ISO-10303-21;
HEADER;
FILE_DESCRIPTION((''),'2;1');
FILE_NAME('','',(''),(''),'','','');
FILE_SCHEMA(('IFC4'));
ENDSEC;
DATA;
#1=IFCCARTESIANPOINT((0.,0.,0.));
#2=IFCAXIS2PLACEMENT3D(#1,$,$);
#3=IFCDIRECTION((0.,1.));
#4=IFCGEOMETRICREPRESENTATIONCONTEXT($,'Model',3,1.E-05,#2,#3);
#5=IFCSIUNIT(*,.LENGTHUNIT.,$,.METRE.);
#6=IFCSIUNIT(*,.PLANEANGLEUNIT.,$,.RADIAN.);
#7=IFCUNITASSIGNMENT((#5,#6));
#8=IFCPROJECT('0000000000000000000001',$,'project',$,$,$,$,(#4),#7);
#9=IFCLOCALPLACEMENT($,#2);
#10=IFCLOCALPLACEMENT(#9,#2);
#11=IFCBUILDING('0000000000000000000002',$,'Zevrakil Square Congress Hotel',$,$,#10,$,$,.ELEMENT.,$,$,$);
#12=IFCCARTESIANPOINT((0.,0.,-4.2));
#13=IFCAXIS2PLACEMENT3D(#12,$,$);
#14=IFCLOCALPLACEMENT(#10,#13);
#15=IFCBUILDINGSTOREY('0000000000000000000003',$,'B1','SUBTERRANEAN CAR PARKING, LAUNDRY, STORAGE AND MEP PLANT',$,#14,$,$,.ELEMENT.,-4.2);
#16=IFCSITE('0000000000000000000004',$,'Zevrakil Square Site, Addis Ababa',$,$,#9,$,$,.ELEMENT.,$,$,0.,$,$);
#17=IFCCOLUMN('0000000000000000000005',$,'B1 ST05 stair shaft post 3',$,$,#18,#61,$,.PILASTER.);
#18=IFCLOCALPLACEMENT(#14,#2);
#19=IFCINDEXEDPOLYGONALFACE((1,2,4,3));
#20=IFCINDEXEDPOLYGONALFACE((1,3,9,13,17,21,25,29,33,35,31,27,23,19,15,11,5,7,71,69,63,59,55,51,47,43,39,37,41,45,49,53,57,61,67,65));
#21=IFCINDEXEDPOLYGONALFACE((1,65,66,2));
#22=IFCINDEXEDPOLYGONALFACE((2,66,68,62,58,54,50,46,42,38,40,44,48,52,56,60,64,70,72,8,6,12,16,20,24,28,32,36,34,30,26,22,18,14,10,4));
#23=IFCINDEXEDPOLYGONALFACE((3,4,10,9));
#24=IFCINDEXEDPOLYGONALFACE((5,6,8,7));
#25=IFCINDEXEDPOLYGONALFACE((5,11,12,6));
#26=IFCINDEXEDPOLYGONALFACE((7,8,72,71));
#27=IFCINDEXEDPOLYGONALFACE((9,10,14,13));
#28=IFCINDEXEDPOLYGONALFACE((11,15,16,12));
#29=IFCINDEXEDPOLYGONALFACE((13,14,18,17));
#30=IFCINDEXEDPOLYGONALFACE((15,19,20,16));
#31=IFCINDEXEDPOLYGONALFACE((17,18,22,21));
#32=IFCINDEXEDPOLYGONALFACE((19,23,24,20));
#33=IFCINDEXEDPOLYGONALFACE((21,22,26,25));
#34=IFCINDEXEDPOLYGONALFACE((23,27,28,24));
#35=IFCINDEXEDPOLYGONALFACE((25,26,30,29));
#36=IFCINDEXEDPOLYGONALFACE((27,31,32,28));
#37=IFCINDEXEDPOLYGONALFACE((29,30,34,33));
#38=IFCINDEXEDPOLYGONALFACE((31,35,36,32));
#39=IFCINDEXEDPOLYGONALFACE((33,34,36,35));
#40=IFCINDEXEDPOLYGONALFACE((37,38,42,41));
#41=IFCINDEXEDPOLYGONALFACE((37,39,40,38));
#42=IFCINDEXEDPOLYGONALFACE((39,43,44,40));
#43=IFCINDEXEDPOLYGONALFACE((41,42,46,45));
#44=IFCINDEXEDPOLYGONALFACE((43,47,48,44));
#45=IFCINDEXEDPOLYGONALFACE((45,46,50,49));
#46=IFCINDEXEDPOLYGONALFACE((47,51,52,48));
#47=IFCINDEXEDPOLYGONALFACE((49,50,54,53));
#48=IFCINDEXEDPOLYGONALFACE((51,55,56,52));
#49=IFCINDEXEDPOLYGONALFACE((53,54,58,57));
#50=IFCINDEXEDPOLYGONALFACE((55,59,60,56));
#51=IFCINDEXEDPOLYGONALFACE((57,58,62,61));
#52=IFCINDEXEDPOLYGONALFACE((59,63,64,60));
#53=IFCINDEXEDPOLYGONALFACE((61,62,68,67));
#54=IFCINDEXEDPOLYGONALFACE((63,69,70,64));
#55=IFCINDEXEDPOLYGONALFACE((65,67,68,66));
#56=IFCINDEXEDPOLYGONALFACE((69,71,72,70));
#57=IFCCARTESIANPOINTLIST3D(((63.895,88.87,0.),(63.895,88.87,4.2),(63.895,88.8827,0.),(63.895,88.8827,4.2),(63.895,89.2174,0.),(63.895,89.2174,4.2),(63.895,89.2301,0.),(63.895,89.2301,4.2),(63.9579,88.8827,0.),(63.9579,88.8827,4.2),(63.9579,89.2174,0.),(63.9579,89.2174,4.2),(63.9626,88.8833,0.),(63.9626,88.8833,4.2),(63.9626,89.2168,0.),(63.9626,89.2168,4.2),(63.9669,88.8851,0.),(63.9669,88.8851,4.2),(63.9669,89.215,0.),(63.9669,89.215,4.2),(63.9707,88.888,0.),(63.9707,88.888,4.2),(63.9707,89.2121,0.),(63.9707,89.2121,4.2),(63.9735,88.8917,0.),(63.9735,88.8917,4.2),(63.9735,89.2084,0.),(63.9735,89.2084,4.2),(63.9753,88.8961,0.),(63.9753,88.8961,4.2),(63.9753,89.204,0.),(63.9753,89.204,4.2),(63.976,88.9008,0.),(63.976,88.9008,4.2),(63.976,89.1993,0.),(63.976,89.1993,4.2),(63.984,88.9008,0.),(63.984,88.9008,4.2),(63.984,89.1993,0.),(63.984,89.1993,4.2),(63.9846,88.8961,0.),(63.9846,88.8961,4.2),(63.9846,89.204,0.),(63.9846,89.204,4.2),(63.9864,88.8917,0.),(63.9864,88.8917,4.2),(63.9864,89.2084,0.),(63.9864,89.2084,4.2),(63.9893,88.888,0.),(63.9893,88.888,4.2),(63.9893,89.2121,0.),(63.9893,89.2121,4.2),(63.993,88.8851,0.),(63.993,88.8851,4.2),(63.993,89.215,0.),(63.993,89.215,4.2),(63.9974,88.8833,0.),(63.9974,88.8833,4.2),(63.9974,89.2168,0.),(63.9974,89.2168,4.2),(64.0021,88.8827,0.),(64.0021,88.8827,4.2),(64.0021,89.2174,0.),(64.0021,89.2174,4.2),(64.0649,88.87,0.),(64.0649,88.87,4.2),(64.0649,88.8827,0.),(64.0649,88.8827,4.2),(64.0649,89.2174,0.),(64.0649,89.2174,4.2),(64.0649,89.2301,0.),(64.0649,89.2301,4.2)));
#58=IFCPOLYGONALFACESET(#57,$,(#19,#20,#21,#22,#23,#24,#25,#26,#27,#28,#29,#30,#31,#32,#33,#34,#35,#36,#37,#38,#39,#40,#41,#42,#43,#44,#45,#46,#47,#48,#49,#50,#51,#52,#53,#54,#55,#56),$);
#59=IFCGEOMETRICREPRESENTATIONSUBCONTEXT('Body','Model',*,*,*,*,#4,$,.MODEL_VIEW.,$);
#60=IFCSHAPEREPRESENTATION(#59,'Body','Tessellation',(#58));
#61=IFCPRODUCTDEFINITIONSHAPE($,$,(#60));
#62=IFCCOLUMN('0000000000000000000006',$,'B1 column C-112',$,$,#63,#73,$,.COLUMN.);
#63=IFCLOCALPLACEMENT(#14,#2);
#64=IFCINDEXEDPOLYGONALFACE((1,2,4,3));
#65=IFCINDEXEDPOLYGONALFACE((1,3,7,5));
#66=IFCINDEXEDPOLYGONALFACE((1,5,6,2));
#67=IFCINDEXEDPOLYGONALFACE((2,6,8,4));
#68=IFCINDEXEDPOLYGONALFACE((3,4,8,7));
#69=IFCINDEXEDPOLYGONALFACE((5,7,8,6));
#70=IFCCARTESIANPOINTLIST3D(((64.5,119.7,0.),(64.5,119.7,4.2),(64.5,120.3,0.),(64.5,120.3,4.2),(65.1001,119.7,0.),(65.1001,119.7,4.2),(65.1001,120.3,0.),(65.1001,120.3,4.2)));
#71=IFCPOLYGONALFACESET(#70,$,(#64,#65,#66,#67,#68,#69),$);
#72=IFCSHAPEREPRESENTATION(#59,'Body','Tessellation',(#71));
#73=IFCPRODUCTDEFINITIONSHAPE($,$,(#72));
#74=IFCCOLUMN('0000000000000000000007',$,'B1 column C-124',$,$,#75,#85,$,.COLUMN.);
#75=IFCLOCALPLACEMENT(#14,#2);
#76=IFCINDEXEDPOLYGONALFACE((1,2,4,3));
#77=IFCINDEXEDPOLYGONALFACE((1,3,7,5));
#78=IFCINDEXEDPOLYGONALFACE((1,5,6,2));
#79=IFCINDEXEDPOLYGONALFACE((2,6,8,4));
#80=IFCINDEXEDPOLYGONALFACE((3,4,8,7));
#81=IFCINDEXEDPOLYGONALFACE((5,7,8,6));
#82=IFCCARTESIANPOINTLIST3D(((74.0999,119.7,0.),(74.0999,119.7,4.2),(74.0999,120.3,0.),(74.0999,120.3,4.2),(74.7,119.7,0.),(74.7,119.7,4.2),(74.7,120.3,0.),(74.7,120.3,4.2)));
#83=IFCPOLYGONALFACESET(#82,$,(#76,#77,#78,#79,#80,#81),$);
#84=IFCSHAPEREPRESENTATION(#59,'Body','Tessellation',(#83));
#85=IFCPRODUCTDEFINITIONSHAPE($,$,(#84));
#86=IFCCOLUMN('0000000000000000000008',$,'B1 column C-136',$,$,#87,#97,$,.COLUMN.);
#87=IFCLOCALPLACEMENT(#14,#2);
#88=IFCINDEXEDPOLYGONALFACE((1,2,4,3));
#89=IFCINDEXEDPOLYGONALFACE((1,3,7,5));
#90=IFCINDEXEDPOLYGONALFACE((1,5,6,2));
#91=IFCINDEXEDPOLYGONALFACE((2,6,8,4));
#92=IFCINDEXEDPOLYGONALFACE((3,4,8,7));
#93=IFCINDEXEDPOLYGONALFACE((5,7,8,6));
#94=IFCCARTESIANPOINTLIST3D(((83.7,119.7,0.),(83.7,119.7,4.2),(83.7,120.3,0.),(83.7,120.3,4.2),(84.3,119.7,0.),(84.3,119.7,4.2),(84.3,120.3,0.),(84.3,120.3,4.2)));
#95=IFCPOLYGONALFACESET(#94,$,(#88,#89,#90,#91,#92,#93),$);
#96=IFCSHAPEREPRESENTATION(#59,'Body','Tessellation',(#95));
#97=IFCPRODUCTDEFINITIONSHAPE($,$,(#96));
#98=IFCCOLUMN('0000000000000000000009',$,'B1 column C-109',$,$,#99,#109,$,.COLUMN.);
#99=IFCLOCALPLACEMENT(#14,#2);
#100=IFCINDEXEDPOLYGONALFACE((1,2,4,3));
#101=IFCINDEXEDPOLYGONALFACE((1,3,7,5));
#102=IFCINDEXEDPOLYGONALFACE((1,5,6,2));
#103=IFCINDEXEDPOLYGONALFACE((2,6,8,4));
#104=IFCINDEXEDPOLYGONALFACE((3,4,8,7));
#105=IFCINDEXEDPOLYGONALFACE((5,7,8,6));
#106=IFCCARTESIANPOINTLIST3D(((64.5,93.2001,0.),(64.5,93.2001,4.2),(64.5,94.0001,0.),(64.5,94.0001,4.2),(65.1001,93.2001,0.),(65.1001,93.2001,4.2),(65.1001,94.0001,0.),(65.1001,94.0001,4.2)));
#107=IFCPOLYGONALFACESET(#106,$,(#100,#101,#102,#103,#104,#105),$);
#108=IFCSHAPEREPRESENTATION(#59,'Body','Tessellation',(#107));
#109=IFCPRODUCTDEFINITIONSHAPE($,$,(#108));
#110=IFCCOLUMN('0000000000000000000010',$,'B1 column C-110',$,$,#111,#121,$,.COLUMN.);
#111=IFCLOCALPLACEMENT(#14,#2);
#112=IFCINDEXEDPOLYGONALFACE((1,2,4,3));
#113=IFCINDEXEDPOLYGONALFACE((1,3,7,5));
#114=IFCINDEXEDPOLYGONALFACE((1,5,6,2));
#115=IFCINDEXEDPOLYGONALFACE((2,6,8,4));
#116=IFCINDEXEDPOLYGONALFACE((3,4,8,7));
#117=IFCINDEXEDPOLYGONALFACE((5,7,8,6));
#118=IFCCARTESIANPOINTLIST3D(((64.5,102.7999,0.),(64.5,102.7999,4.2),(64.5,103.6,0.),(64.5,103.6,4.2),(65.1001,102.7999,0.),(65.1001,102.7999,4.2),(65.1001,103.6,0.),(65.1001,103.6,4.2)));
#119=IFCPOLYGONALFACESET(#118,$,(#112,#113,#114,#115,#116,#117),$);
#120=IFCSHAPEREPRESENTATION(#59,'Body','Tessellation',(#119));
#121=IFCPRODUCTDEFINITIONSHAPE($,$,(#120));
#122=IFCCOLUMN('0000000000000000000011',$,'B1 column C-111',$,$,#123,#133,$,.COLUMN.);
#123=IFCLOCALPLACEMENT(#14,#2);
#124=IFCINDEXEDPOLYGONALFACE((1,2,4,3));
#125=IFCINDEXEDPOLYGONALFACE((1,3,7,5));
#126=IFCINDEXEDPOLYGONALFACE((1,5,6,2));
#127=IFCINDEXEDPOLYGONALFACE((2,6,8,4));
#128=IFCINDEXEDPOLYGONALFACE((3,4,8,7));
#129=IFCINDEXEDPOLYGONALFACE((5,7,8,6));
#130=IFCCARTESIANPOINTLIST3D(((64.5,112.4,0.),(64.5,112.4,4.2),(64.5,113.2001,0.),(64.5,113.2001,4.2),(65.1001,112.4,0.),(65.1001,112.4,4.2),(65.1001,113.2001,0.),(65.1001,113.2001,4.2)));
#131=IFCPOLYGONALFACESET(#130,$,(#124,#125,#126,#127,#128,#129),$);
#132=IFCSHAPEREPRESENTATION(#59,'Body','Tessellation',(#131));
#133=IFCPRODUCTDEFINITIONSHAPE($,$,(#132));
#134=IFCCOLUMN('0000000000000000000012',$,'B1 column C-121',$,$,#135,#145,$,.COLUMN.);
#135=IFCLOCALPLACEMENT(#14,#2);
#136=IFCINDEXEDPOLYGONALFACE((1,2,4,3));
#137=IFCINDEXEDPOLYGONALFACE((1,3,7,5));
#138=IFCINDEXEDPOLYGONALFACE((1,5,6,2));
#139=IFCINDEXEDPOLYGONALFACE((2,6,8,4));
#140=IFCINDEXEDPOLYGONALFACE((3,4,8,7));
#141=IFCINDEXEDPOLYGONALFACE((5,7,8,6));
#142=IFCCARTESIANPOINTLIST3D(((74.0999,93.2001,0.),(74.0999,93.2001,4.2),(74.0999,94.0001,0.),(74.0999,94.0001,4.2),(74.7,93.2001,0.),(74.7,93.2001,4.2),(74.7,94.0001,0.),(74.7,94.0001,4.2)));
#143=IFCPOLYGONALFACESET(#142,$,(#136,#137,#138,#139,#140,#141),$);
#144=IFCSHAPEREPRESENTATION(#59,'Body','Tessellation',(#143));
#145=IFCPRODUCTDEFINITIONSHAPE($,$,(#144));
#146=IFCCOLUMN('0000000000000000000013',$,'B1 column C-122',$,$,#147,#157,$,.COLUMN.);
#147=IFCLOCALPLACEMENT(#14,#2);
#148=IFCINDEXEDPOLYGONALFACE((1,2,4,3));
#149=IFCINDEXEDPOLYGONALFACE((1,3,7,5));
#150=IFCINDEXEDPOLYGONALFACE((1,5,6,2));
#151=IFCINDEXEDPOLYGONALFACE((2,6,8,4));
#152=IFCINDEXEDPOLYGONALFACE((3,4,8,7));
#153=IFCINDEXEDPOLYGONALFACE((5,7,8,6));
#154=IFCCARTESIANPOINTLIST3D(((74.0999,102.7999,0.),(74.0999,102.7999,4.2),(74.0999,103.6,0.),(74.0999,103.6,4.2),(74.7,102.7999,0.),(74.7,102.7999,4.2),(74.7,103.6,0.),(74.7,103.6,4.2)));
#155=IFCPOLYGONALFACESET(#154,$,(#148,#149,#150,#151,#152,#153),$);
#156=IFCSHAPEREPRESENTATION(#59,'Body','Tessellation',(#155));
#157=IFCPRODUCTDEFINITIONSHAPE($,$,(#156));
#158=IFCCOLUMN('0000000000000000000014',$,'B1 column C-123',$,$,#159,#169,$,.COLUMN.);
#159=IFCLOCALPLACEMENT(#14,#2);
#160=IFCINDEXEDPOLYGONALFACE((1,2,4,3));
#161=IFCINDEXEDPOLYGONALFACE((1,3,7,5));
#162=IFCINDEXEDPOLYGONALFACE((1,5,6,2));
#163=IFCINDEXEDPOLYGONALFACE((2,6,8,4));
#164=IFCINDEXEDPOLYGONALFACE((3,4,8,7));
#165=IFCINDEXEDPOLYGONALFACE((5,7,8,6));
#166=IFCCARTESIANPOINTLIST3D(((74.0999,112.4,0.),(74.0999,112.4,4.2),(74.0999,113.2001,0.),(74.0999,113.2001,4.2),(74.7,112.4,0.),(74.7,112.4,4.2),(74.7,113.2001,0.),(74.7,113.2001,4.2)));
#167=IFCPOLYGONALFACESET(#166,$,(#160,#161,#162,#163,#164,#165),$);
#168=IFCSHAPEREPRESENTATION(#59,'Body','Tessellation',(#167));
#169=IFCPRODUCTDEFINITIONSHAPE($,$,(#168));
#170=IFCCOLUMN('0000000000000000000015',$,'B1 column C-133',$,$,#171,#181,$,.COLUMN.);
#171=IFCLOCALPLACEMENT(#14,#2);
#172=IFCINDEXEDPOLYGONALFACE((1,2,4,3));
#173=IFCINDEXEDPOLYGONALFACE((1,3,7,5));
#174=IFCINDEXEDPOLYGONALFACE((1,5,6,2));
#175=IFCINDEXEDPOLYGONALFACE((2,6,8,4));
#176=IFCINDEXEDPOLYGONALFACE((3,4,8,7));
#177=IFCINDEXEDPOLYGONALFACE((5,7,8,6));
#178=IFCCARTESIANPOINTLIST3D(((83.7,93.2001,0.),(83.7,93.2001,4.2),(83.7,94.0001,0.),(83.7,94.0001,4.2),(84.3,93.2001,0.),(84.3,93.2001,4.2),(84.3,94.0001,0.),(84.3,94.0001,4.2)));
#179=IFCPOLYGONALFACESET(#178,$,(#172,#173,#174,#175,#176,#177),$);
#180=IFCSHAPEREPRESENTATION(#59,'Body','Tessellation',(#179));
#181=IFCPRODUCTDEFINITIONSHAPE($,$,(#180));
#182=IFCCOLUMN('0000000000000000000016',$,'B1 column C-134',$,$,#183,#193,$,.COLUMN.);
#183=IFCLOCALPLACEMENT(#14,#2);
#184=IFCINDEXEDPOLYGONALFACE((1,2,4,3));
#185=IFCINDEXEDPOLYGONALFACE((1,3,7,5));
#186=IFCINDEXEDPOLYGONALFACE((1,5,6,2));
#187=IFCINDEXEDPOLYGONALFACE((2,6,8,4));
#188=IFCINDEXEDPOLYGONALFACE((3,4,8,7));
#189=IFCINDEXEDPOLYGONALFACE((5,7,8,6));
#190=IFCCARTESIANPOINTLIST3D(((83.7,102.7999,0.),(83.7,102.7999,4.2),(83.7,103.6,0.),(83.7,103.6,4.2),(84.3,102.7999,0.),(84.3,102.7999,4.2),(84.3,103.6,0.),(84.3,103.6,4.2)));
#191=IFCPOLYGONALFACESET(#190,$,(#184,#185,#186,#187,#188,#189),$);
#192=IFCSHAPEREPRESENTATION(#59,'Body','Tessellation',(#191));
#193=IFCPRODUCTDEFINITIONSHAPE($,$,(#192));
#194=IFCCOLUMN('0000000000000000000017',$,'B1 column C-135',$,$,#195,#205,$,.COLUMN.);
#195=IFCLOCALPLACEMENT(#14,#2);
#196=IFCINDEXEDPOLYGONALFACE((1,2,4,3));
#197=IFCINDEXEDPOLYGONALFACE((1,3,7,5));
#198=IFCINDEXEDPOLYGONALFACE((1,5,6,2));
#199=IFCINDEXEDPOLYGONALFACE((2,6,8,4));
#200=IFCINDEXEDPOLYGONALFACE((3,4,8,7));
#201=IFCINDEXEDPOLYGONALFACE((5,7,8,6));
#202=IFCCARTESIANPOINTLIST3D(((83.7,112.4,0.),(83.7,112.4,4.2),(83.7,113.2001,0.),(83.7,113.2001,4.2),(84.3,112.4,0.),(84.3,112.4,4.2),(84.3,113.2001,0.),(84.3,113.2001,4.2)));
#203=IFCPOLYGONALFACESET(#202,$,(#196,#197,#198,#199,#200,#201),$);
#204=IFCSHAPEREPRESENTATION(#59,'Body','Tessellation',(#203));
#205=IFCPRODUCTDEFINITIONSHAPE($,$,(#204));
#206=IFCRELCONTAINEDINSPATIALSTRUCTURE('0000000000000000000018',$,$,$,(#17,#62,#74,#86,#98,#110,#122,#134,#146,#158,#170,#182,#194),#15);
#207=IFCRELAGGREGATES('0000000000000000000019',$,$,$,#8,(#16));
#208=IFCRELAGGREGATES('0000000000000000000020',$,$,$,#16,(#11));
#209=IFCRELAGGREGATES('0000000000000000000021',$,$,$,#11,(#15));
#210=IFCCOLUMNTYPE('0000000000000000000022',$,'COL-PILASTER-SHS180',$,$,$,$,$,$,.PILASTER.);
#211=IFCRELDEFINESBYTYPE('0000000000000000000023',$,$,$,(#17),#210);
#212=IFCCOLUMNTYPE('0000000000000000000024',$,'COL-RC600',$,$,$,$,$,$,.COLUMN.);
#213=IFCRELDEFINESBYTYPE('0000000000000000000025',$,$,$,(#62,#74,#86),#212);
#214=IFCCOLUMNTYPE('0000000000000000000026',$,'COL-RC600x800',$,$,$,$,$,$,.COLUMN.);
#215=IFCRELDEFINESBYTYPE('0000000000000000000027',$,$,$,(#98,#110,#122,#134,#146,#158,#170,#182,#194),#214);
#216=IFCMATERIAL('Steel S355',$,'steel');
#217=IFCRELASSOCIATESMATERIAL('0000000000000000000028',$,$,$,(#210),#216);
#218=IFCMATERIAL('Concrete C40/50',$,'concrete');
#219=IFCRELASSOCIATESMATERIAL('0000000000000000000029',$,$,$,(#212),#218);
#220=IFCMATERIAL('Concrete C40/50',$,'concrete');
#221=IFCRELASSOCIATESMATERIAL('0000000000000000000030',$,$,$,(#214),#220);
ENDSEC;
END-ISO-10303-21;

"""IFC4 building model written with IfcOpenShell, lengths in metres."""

from ifc_helpers import new_model, si_unit, direction, frame, origin, origin_2d, place, context, subcontext, project, spatial, rectangle, i_section, extrude, material, material_profile, profile_set, type_object, element, save


model = new_model("IFC4")

# Units and contexts
model_context = context("Model", 3, precision=1e-05, world=origin(), true_north=direction((0.0, 1.0)))
body_context = subcontext(model_context, "Body", "Model", "MODEL_VIEW")
ifc_project = project(units=[si_unit("LENGTHUNIT", "METRE"), si_unit("PLANEANGLEUNIT", "RADIAN")], contexts=[model_context])

# Site, building, storey
site_placement = place(None, origin())
site = spatial("IfcSite", under=ifc_project, at=site_placement, Name="Zevrakil Square Site, Addis Ababa", CompositionType="ELEMENT", RefElevation=0.0)
building_placement = place(site_placement, origin())
building = spatial("IfcBuilding", under=site, at=building_placement, Name="Zevrakil Square Congress Hotel", CompositionType="ELEMENT")
storey_placement = place(building_placement, frame((0.0, 0.0, -4.2)))
storey = spatial("IfcBuildingStorey", under=building, at=storey_placement, Name="B1", Description="SUBTERRANEAN CAR PARKING, LAUNDRY, STORAGE AND MEP PLANT", CompositionType="ELEMENT", Elevation=-4.2)

# Columns
ifc_material_1 = material(Name="Steel S355", Category="steel")
ifc_material_profile_1 = material_profile(ifc_material_1, i_section(OverallWidth=0.1699, OverallDepth=0.3601, WebThickness=0.0081, FlangeThickness=0.0127, FilletRadius=0.0181, at=origin_2d()), Name="IPE 360")
ifc_profile_set_1 = profile_set([ifc_material_profile_1], Name="Steel S355")
column_type_1 = type_object("IfcColumnType", Name="COL-PILASTER-SHS180", PredefinedType="PILASTER", material=ifc_profile_set_1)
column_placement = place(storey_placement, frame((63.98, 89.05, 0.0), z_axis=(0.0, 0.0, 1.0), x_axis=(1.0, 0.0, 0.0)))
element("IfcColumn", 1, at=column_placement, inside=storey, type_object=column_type_1, Name="B1 ST05 stair shaft post 3", PredefinedType="PILASTER", context=body_context, shape_type="SweptSolid", body=[
    extrude(i_section(OverallWidth=0.1699, OverallDepth=0.3601, WebThickness=0.0081, FlangeThickness=0.0127, FilletRadius=0.0181, at=origin_2d()), origin(), (0.0, 0.0, 1.0), 4.2),
])
ifc_material_2 = material(Name="Concrete C40/50", Category="concrete")
ifc_material_profile_2 = material_profile(ifc_material_2, rectangle(XDim=0.6001, YDim=0.6001, at=origin_2d()), Name="RC 600x600")
ifc_profile_set_2 = profile_set([ifc_material_profile_2], Name="Concrete C40/50")
column_type_2 = type_object("IfcColumnType", Name="COL-RC600", PredefinedType="COLUMN", material=ifc_profile_set_2)
for number, where, z_axis, x_axis, name in (
    (2, (64.8, 120.0, 0.0), (0.0, 0.0, 1.0), (1.0, 0.0, 0.0), "B1 column C-112"),
    (3, (74.3999, 120.0, 0.0), (0.0, 0.0, 1.0), (1.0, 0.0, 0.0), "B1 column C-124"),
    (4, (84.0, 120.0, 0.0), (0.0, 0.0, 1.0), (1.0, 0.0, 0.0), "B1 column C-136"),
):
    element("IfcColumn", number, at=place(storey_placement, frame(where, z_axis=z_axis, x_axis=x_axis)), inside=storey, type_object=column_type_2, Name=name, PredefinedType="COLUMN", context=body_context, shape_type="SweptSolid", body=[
        extrude(rectangle(XDim=0.6001, YDim=0.6001, at=origin_2d()), origin(), (0.0, 0.0, 1.0), 4.2),
    ])
ifc_material_3 = material(Name="Concrete C40/50", Category="concrete")
ifc_material_profile_3 = material_profile(ifc_material_3, rectangle(XDim=0.6001, YDim=0.8, at=origin_2d()), Name="RC 600x800")
ifc_profile_set_3 = profile_set([ifc_material_profile_3], Name="Concrete C40/50")
column_type_3 = type_object("IfcColumnType", Name="COL-RC600x800", PredefinedType="COLUMN", material=ifc_profile_set_3)
for number, where, z_axis, x_axis, name in (
    (5, (64.8, 93.6001, 0.0), (0.0, 0.0, 1.0), (1.0, 0.0, 0.0), "B1 column C-109"),
    (6, (64.8, 103.2, 0.0), (0.0, 0.0, 1.0), (1.0, 0.0, 0.0), "B1 column C-110"),
    (7, (64.8, 112.8, 0.0), (0.0, 0.0, 1.0), (1.0, 0.0, 0.0), "B1 column C-111"),
    (8, (74.3999, 93.6001, 0.0), (0.0, 0.0, 1.0), (1.0, 0.0, 0.0), "B1 column C-121"),
    (9, (74.3999, 103.2, 0.0), (0.0, 0.0, 1.0), (1.0, 0.0, 0.0), "B1 column C-122"),
    (10, (74.3999, 112.8, 0.0), (0.0, 0.0, 1.0), (1.0, 0.0, 0.0), "B1 column C-123"),
    (11, (84.0, 93.6001, 0.0), (0.0, 0.0, 1.0), (1.0, 0.0, 0.0), "B1 column C-133"),
    (12, (84.0, 103.2, 0.0), (0.0, 0.0, 1.0), (1.0, 0.0, 0.0), "B1 column C-134"),
    (13, (84.0, 112.8, 0.0), (0.0, 0.0, 1.0), (1.0, 0.0, 0.0), "B1 column C-135"),
):
    element("IfcColumn", number, at=place(storey_placement, frame(where, z_axis=z_axis, x_axis=x_axis)), inside=storey, type_object=column_type_3, Name=name, PredefinedType="COLUMN", context=body_context, shape_type="SweptSolid", body=[
        extrude(rectangle(XDim=0.6001, YDim=0.8, at=origin_2d()), origin(), (0.0, 0.0, 1.0), 4.2),
    ])

save(model, "model.ifc")
